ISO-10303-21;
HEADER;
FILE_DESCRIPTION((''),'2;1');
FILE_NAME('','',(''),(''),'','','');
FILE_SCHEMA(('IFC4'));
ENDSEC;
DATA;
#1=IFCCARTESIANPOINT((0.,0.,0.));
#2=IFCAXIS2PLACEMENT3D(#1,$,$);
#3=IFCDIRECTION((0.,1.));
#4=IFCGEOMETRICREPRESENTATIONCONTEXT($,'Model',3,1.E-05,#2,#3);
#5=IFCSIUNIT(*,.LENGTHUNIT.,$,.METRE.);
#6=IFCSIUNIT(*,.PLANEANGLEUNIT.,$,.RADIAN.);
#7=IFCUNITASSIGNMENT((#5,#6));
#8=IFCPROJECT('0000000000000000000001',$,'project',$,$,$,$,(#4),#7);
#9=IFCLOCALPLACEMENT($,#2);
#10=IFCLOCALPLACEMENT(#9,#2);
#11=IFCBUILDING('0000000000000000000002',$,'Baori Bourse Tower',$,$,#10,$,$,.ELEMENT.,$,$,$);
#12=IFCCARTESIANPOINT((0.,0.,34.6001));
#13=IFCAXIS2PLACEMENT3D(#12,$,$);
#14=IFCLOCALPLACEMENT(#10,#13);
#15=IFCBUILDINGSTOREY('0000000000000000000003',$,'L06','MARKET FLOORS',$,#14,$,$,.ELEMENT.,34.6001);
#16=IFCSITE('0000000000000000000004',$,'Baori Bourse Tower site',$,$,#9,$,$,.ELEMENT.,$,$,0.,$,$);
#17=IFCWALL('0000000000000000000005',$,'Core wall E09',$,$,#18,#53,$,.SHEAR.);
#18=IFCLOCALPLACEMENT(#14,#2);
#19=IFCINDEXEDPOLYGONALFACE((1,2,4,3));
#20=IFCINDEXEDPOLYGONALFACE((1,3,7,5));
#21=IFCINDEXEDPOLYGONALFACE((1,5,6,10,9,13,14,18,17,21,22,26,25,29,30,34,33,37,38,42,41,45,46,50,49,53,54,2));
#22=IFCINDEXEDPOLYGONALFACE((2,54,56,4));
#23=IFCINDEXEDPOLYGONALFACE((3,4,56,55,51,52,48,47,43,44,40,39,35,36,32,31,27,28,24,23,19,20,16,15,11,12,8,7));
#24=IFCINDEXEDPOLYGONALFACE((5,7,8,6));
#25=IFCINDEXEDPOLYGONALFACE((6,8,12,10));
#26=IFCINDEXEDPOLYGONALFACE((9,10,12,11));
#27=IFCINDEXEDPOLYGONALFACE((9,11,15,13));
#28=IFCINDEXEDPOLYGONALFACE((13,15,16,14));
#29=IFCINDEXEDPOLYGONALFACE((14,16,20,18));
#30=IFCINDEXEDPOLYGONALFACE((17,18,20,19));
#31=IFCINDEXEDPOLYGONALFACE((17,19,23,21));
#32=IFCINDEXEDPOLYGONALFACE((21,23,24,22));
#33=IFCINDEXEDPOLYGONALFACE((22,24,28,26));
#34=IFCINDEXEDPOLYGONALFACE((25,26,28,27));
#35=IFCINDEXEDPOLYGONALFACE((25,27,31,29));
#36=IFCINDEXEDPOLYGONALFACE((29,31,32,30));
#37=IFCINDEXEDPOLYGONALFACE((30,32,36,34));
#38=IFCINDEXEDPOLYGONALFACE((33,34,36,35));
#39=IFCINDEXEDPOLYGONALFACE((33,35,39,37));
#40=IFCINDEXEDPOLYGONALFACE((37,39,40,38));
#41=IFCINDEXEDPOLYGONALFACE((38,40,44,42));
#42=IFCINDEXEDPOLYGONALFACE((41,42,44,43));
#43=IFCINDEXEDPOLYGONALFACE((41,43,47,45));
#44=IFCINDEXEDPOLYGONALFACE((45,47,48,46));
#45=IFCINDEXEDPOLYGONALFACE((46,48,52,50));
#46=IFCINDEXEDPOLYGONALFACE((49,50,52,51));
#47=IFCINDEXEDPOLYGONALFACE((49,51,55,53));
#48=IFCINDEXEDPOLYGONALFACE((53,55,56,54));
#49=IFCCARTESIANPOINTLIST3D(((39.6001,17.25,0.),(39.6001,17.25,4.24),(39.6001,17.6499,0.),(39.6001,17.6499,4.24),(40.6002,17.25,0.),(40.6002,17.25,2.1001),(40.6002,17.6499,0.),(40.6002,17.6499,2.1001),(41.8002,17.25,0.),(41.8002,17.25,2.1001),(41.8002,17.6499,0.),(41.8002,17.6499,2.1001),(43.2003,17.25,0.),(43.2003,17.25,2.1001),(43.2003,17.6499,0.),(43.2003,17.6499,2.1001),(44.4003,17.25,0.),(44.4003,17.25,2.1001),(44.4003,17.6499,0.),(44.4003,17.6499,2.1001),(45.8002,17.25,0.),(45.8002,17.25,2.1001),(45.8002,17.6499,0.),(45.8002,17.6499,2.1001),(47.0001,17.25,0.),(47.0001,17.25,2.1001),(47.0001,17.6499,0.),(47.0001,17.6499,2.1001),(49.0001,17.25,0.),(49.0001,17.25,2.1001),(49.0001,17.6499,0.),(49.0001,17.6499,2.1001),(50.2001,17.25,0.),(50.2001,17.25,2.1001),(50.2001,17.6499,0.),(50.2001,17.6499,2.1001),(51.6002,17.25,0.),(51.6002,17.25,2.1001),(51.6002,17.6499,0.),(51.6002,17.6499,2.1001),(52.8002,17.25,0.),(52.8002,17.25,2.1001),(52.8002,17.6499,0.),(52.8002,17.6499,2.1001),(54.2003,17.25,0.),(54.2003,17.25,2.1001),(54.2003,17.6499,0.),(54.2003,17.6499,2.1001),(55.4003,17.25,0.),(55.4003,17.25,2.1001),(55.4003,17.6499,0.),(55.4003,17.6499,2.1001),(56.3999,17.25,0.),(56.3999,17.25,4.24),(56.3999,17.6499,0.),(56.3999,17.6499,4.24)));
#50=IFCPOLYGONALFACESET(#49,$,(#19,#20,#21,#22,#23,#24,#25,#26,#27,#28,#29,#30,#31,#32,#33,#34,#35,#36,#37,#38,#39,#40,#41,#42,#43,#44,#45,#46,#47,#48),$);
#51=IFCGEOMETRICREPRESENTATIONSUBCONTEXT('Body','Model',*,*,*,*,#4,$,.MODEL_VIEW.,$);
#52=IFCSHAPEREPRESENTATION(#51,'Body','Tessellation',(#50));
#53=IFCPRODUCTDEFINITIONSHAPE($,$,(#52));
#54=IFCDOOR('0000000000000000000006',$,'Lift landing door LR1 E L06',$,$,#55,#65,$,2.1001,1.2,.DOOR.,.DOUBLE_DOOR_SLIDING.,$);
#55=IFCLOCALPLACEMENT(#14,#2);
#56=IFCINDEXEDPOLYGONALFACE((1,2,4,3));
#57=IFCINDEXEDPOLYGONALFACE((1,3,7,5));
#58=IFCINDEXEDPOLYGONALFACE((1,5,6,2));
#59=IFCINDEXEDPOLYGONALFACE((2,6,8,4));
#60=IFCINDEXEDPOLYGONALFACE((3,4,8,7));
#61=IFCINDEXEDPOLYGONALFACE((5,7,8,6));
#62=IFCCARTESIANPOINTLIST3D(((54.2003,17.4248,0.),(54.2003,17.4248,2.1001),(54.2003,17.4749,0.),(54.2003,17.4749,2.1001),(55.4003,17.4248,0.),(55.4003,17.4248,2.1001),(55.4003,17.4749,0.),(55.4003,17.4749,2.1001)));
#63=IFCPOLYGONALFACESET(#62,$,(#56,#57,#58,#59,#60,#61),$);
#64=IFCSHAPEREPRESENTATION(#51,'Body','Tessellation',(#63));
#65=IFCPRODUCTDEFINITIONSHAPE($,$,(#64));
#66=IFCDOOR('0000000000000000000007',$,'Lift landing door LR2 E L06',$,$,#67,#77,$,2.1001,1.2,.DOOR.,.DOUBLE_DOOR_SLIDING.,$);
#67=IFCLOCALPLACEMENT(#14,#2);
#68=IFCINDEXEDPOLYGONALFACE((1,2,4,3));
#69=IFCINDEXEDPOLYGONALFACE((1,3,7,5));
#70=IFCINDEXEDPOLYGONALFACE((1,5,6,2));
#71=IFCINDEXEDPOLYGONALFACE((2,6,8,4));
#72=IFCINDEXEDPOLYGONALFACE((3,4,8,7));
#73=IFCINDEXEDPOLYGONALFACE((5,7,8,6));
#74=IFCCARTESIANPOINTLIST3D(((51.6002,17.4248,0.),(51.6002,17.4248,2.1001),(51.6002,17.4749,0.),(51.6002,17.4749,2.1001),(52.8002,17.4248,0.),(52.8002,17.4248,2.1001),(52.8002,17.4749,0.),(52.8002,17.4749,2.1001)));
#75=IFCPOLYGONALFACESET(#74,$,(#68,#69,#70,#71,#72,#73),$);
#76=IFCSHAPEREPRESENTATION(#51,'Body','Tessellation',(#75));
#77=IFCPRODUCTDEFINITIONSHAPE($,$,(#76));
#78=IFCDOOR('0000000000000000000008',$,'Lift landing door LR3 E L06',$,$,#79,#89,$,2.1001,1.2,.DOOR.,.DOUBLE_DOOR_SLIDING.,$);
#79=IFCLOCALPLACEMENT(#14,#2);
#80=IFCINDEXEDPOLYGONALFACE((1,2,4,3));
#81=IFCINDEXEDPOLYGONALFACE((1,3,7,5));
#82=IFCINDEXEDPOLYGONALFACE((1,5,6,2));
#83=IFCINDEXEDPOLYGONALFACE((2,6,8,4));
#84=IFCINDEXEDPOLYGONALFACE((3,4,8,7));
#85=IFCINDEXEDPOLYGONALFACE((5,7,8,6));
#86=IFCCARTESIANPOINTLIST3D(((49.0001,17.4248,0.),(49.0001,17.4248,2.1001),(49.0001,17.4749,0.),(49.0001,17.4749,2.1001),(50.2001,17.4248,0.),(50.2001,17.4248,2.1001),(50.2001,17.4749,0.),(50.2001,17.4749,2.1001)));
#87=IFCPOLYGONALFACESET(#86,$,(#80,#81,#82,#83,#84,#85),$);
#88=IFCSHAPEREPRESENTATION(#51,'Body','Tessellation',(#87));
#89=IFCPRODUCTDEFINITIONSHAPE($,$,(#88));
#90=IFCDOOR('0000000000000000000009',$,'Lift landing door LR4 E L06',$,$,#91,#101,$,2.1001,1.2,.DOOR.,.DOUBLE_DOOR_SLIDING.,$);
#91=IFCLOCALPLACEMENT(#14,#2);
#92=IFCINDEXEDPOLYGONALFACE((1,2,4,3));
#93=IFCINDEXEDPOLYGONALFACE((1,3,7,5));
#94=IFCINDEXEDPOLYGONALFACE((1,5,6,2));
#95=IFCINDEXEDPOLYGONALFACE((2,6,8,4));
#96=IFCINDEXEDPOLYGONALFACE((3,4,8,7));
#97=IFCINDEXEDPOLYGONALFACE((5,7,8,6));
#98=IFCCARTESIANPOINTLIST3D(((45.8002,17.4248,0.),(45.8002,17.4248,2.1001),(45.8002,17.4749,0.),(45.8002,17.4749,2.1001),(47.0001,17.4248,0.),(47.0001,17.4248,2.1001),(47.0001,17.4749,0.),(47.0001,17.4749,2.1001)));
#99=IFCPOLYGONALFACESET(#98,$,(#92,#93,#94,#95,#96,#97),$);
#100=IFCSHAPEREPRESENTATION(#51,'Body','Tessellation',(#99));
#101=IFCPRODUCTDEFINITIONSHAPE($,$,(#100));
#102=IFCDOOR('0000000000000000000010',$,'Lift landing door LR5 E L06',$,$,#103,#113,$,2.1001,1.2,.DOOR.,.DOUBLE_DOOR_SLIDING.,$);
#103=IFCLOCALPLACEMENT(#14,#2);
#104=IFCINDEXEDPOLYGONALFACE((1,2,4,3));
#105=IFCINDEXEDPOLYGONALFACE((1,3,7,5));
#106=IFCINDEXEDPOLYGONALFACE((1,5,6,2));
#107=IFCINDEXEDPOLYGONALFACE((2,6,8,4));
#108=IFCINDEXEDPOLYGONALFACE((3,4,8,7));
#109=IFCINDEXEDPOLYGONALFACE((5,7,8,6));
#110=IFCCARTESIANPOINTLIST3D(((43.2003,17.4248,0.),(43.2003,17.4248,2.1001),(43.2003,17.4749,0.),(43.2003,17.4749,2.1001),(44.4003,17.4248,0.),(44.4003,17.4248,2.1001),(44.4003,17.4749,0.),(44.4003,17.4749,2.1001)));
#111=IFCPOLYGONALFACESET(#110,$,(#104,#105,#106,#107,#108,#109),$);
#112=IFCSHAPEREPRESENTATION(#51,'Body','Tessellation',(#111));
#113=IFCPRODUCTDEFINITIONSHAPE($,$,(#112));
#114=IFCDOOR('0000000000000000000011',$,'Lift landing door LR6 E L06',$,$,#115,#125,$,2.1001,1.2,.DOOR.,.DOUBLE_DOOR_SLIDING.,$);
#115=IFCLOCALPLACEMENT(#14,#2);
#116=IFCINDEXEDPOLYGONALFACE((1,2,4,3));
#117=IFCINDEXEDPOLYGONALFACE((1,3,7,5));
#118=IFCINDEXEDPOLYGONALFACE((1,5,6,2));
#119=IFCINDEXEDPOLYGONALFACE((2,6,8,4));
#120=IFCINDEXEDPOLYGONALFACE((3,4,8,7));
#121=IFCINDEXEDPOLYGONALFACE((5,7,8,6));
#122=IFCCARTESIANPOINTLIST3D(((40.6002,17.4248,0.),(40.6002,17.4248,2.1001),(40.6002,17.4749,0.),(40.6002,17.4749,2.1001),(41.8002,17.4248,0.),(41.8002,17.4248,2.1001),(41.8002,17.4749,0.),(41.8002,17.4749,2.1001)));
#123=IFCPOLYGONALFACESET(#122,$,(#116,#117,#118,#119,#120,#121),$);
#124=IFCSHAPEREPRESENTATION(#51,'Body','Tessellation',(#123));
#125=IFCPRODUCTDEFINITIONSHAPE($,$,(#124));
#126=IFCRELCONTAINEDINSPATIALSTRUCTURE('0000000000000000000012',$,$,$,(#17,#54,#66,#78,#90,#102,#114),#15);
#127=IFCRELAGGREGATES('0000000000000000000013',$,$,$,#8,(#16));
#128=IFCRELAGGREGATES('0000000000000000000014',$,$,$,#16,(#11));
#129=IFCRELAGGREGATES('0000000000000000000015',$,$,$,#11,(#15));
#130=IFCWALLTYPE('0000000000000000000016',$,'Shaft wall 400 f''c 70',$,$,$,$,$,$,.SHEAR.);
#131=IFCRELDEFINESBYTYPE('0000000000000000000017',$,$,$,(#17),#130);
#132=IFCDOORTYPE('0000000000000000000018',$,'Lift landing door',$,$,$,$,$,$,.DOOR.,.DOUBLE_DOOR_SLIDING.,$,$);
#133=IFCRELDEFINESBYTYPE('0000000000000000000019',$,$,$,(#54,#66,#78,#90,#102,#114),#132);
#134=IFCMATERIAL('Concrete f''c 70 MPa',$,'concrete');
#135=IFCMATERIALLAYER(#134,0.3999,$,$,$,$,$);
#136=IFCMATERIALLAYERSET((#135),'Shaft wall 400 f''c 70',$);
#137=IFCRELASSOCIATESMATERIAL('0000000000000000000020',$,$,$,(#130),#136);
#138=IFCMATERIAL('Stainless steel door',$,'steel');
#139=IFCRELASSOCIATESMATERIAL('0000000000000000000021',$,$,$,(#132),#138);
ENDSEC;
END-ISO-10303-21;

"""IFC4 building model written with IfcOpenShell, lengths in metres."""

from ifc_helpers import new_model, si_unit, direction, frame, frame_2d, origin, place, context, subcontext, project, spatial, rectangle, extrude, material, layer, layer_set, type_object, element, fill, save


model = new_model("IFC4")

# Units and contexts
model_context = context("Model", 3, precision=1e-05, world=origin(), true_north=direction((0.0, 1.0)))
body_context = subcontext(model_context, "Body", "Model", "MODEL_VIEW")
ifc_project = project(units=[si_unit("LENGTHUNIT", "METRE"), si_unit("PLANEANGLEUNIT", "RADIAN")], contexts=[model_context])

# Site, building, storey
site_placement = place(None, origin())
site = spatial("IfcSite", under=ifc_project, at=site_placement, Name="Baori Bourse Tower site", CompositionType="ELEMENT", RefElevation=0.0)
building_placement = place(site_placement, origin())
building = spatial("IfcBuilding", under=site, at=building_placement, Name="Baori Bourse Tower", CompositionType="ELEMENT")
storey_placement = place(building_placement, frame((0.0, 0.0, 34.6001)))
storey = spatial("IfcBuildingStorey", under=building, at=storey_placement, Name="L06", Description="MARKET FLOORS", CompositionType="ELEMENT", Elevation=34.6001)

# Shared definitions
ifc_material_1 = material(Name="Concrete f'c 70 MPa", Category="concrete")
ifc_layer_1 = layer(ifc_material_1, 0.3999)
ifc_layer_set_1 = layer_set([ifc_layer_1], Name="Shaft wall 400 f'c 70")
wall_type_1 = type_object("IfcWallType", Name="Shaft wall 400 f'c 70", PredefinedType="SHEAR", material=ifc_layer_set_1)

# Wall, openings, doors
wall_1_placement = place(storey_placement, frame((39.6001, 17.45, 0.0), z_axis=(0.0, 0.0, 1.0), x_axis=(1.0, 0.0, 0.0)))
wall_1 = element("IfcWall", 1, at=wall_1_placement, inside=storey, type_object=wall_type_1, Name="Core wall E09", PredefinedType="SHEAR", context=body_context, shape_type="SweptSolid", body=[
    extrude(rectangle(XDim=16.7998, YDim=0.3999, at=frame_2d((8.3999, 0.0))), origin(), (0.0, 0.0, 1.0), 4.24),
])
opening_1_placement = place(wall_1_placement, frame((14.6001, 0.0, 0.0)))
opening_1 = element("IfcOpeningElement", 2, at=opening_1_placement, cuts=wall_1, PredefinedType="OPENING", context=body_context, shape_type="SweptSolid", body=[
    extrude(rectangle(XDim=1.2, YDim=2.1001, at=frame_2d((0.6001, 1.05))), frame((0.0, 0.21, 0.0), z_axis=(0.0, -1.0, 0.0), x_axis=(1.0, 0.0, 0.0)), (0.0, 0.0, 1.0), 0.4199),
])
opening_2_placement = place(wall_1_placement, frame((12.0, 0.0, 0.0)))
opening_2 = element("IfcOpeningElement", 3, at=opening_2_placement, cuts=wall_1, PredefinedType="OPENING", context=body_context, shape_type="SweptSolid", body=[
    extrude(rectangle(XDim=1.2, YDim=2.1001, at=frame_2d((0.6001, 1.05))), frame((0.0, 0.21, 0.0), z_axis=(0.0, -1.0, 0.0), x_axis=(1.0, 0.0, 0.0)), (0.0, 0.0, 1.0), 0.4199),
])
opening_3_placement = place(wall_1_placement, frame((9.3999, 0.0, 0.0)))
opening_3 = element("IfcOpeningElement", 4, at=opening_3_placement, cuts=wall_1, PredefinedType="OPENING", context=body_context, shape_type="SweptSolid", body=[
    extrude(rectangle(XDim=1.2, YDim=2.1001, at=frame_2d((0.6001, 1.05))), frame((0.0, 0.21, 0.0), z_axis=(0.0, -1.0, 0.0), x_axis=(1.0, 0.0, 0.0)), (0.0, 0.0, 1.0), 0.4199),
])
opening_4_placement = place(wall_1_placement, frame((6.2, 0.0, 0.0)))
opening_4 = element("IfcOpeningElement", 5, at=opening_4_placement, cuts=wall_1, PredefinedType="OPENING", context=body_context, shape_type="SweptSolid", body=[
    extrude(rectangle(XDim=1.2, YDim=2.1001, at=frame_2d((0.6001, 1.05))), frame((0.0, 0.21, 0.0), z_axis=(0.0, -1.0, 0.0), x_axis=(1.0, 0.0, 0.0)), (0.0, 0.0, 1.0), 0.4199),
])
opening_5_placement = place(wall_1_placement, frame((3.6001, 0.0, 0.0)))
opening_5 = element("IfcOpeningElement", 6, at=opening_5_placement, cuts=wall_1, PredefinedType="OPENING", context=body_context, shape_type="SweptSolid", body=[
    extrude(rectangle(XDim=1.2, YDim=2.1001, at=frame_2d((0.6001, 1.05))), frame((0.0, 0.21, 0.0), z_axis=(0.0, -1.0, 0.0), x_axis=(1.0, 0.0, 0.0)), (0.0, 0.0, 1.0), 0.4199),
])
opening_6_placement = place(wall_1_placement, frame((1.0, 0.0, 0.0)))
opening_6 = element("IfcOpeningElement", 7, at=opening_6_placement, cuts=wall_1, PredefinedType="OPENING", context=body_context, shape_type="SweptSolid", body=[
    extrude(rectangle(XDim=1.2, YDim=2.1001, at=frame_2d((0.6001, 1.05))), frame((0.0, 0.21, 0.0), z_axis=(0.0, -1.0, 0.0), x_axis=(1.0, 0.0, 0.0)), (0.0, 0.0, 1.0), 0.4199),
])
ifc_material_2 = material(Name="Stainless steel door", Category="steel")
door_type_1 = type_object("IfcDoorType", Name="Lift landing door", OperationType="DOUBLE_DOOR_SLIDING", PredefinedType="DOOR", material=ifc_material_2)
door_1_placement = place(opening_1_placement, origin())
door_1 = element("IfcDoor", 8, at=door_1_placement, inside=storey, type_object=door_type_1, Name="Lift landing door LR1 E L06", OperationType="DOUBLE_DOOR_SLIDING", OverallHeight=2.1001, OverallWidth=1.2, PredefinedType="DOOR", context=body_context, shape_type="SweptSolid", body=[
    extrude(rectangle(XDim=1.2, YDim=2.1001, at=frame_2d((0.6001, 1.05))), frame((0.0, 0.0249, 0.0), z_axis=(0.0, -1.0, 0.0), x_axis=(1.0, 0.0, 0.0)), (0.0, 0.0, 1.0), 0.05),
])
fill(opening_1, door_1)
door_2_placement = place(opening_2_placement, origin())
door_2 = element("IfcDoor", 9, at=door_2_placement, inside=storey, type_object=door_type_1, Name="Lift landing door LR2 E L06", OperationType="DOUBLE_DOOR_SLIDING", OverallHeight=2.1001, OverallWidth=1.2, PredefinedType="DOOR", context=body_context, shape_type="SweptSolid", body=[
    extrude(rectangle(XDim=1.2, YDim=2.1001, at=frame_2d((0.6001, 1.05))), frame((0.0, 0.0249, 0.0), z_axis=(0.0, -1.0, 0.0), x_axis=(1.0, 0.0, 0.0)), (0.0, 0.0, 1.0), 0.05),
])
fill(opening_2, door_2)
door_3_placement = place(opening_3_placement, origin())
door_3 = element("IfcDoor", 10, at=door_3_placement, inside=storey, type_object=door_type_1, Name="Lift landing door LR3 E L06", OperationType="DOUBLE_DOOR_SLIDING", OverallHeight=2.1001, OverallWidth=1.2, PredefinedType="DOOR", context=body_context, shape_type="SweptSolid", body=[
    extrude(rectangle(XDim=1.2, YDim=2.1001, at=frame_2d((0.6001, 1.05))), frame((0.0, 0.0249, 0.0), z_axis=(0.0, -1.0, 0.0), x_axis=(1.0, 0.0, 0.0)), (0.0, 0.0, 1.0), 0.05),
])
fill(opening_3, door_3)
door_4_placement = place(opening_4_placement, origin())
door_4 = element("IfcDoor", 11, at=door_4_placement, inside=storey, type_object=door_type_1, Name="Lift landing door LR4 E L06", OperationType="DOUBLE_DOOR_SLIDING", OverallHeight=2.1001, OverallWidth=1.2, PredefinedType="DOOR", context=body_context, shape_type="SweptSolid", body=[
    extrude(rectangle(XDim=1.2, YDim=2.1001, at=frame_2d((0.6001, 1.05))), frame((0.0, 0.0249, 0.0), z_axis=(0.0, -1.0, 0.0), x_axis=(1.0, 0.0, 0.0)), (0.0, 0.0, 1.0), 0.05),
])
fill(opening_4, door_4)
door_5_placement = place(opening_5_placement, origin())
door_5 = element("IfcDoor", 12, at=door_5_placement, inside=storey, type_object=door_type_1, Name="Lift landing door LR5 E L06", OperationType="DOUBLE_DOOR_SLIDING", OverallHeight=2.1001, OverallWidth=1.2, PredefinedType="DOOR", context=body_context, shape_type="SweptSolid", body=[
    extrude(rectangle(XDim=1.2, YDim=2.1001, at=frame_2d((0.6001, 1.05))), frame((0.0, 0.0249, 0.0), z_axis=(0.0, -1.0, 0.0), x_axis=(1.0, 0.0, 0.0)), (0.0, 0.0, 1.0), 0.05),
])
fill(opening_5, door_5)
door_6_placement = place(opening_6_placement, origin())
door_6 = element("IfcDoor", 13, at=door_6_placement, inside=storey, type_object=door_type_1, Name="Lift landing door LR6 E L06", OperationType="DOUBLE_DOOR_SLIDING", OverallHeight=2.1001, OverallWidth=1.2, PredefinedType="DOOR", context=body_context, shape_type="SweptSolid", body=[
    extrude(rectangle(XDim=1.2, YDim=2.1001, at=frame_2d((0.6001, 1.05))), frame((0.0, 0.0249, 0.0), z_axis=(0.0, -1.0, 0.0), x_axis=(1.0, 0.0, 0.0)), (0.0, 0.0, 1.0), 0.05),
])
fill(opening_6, door_6)

save(model, "model.ifc")
